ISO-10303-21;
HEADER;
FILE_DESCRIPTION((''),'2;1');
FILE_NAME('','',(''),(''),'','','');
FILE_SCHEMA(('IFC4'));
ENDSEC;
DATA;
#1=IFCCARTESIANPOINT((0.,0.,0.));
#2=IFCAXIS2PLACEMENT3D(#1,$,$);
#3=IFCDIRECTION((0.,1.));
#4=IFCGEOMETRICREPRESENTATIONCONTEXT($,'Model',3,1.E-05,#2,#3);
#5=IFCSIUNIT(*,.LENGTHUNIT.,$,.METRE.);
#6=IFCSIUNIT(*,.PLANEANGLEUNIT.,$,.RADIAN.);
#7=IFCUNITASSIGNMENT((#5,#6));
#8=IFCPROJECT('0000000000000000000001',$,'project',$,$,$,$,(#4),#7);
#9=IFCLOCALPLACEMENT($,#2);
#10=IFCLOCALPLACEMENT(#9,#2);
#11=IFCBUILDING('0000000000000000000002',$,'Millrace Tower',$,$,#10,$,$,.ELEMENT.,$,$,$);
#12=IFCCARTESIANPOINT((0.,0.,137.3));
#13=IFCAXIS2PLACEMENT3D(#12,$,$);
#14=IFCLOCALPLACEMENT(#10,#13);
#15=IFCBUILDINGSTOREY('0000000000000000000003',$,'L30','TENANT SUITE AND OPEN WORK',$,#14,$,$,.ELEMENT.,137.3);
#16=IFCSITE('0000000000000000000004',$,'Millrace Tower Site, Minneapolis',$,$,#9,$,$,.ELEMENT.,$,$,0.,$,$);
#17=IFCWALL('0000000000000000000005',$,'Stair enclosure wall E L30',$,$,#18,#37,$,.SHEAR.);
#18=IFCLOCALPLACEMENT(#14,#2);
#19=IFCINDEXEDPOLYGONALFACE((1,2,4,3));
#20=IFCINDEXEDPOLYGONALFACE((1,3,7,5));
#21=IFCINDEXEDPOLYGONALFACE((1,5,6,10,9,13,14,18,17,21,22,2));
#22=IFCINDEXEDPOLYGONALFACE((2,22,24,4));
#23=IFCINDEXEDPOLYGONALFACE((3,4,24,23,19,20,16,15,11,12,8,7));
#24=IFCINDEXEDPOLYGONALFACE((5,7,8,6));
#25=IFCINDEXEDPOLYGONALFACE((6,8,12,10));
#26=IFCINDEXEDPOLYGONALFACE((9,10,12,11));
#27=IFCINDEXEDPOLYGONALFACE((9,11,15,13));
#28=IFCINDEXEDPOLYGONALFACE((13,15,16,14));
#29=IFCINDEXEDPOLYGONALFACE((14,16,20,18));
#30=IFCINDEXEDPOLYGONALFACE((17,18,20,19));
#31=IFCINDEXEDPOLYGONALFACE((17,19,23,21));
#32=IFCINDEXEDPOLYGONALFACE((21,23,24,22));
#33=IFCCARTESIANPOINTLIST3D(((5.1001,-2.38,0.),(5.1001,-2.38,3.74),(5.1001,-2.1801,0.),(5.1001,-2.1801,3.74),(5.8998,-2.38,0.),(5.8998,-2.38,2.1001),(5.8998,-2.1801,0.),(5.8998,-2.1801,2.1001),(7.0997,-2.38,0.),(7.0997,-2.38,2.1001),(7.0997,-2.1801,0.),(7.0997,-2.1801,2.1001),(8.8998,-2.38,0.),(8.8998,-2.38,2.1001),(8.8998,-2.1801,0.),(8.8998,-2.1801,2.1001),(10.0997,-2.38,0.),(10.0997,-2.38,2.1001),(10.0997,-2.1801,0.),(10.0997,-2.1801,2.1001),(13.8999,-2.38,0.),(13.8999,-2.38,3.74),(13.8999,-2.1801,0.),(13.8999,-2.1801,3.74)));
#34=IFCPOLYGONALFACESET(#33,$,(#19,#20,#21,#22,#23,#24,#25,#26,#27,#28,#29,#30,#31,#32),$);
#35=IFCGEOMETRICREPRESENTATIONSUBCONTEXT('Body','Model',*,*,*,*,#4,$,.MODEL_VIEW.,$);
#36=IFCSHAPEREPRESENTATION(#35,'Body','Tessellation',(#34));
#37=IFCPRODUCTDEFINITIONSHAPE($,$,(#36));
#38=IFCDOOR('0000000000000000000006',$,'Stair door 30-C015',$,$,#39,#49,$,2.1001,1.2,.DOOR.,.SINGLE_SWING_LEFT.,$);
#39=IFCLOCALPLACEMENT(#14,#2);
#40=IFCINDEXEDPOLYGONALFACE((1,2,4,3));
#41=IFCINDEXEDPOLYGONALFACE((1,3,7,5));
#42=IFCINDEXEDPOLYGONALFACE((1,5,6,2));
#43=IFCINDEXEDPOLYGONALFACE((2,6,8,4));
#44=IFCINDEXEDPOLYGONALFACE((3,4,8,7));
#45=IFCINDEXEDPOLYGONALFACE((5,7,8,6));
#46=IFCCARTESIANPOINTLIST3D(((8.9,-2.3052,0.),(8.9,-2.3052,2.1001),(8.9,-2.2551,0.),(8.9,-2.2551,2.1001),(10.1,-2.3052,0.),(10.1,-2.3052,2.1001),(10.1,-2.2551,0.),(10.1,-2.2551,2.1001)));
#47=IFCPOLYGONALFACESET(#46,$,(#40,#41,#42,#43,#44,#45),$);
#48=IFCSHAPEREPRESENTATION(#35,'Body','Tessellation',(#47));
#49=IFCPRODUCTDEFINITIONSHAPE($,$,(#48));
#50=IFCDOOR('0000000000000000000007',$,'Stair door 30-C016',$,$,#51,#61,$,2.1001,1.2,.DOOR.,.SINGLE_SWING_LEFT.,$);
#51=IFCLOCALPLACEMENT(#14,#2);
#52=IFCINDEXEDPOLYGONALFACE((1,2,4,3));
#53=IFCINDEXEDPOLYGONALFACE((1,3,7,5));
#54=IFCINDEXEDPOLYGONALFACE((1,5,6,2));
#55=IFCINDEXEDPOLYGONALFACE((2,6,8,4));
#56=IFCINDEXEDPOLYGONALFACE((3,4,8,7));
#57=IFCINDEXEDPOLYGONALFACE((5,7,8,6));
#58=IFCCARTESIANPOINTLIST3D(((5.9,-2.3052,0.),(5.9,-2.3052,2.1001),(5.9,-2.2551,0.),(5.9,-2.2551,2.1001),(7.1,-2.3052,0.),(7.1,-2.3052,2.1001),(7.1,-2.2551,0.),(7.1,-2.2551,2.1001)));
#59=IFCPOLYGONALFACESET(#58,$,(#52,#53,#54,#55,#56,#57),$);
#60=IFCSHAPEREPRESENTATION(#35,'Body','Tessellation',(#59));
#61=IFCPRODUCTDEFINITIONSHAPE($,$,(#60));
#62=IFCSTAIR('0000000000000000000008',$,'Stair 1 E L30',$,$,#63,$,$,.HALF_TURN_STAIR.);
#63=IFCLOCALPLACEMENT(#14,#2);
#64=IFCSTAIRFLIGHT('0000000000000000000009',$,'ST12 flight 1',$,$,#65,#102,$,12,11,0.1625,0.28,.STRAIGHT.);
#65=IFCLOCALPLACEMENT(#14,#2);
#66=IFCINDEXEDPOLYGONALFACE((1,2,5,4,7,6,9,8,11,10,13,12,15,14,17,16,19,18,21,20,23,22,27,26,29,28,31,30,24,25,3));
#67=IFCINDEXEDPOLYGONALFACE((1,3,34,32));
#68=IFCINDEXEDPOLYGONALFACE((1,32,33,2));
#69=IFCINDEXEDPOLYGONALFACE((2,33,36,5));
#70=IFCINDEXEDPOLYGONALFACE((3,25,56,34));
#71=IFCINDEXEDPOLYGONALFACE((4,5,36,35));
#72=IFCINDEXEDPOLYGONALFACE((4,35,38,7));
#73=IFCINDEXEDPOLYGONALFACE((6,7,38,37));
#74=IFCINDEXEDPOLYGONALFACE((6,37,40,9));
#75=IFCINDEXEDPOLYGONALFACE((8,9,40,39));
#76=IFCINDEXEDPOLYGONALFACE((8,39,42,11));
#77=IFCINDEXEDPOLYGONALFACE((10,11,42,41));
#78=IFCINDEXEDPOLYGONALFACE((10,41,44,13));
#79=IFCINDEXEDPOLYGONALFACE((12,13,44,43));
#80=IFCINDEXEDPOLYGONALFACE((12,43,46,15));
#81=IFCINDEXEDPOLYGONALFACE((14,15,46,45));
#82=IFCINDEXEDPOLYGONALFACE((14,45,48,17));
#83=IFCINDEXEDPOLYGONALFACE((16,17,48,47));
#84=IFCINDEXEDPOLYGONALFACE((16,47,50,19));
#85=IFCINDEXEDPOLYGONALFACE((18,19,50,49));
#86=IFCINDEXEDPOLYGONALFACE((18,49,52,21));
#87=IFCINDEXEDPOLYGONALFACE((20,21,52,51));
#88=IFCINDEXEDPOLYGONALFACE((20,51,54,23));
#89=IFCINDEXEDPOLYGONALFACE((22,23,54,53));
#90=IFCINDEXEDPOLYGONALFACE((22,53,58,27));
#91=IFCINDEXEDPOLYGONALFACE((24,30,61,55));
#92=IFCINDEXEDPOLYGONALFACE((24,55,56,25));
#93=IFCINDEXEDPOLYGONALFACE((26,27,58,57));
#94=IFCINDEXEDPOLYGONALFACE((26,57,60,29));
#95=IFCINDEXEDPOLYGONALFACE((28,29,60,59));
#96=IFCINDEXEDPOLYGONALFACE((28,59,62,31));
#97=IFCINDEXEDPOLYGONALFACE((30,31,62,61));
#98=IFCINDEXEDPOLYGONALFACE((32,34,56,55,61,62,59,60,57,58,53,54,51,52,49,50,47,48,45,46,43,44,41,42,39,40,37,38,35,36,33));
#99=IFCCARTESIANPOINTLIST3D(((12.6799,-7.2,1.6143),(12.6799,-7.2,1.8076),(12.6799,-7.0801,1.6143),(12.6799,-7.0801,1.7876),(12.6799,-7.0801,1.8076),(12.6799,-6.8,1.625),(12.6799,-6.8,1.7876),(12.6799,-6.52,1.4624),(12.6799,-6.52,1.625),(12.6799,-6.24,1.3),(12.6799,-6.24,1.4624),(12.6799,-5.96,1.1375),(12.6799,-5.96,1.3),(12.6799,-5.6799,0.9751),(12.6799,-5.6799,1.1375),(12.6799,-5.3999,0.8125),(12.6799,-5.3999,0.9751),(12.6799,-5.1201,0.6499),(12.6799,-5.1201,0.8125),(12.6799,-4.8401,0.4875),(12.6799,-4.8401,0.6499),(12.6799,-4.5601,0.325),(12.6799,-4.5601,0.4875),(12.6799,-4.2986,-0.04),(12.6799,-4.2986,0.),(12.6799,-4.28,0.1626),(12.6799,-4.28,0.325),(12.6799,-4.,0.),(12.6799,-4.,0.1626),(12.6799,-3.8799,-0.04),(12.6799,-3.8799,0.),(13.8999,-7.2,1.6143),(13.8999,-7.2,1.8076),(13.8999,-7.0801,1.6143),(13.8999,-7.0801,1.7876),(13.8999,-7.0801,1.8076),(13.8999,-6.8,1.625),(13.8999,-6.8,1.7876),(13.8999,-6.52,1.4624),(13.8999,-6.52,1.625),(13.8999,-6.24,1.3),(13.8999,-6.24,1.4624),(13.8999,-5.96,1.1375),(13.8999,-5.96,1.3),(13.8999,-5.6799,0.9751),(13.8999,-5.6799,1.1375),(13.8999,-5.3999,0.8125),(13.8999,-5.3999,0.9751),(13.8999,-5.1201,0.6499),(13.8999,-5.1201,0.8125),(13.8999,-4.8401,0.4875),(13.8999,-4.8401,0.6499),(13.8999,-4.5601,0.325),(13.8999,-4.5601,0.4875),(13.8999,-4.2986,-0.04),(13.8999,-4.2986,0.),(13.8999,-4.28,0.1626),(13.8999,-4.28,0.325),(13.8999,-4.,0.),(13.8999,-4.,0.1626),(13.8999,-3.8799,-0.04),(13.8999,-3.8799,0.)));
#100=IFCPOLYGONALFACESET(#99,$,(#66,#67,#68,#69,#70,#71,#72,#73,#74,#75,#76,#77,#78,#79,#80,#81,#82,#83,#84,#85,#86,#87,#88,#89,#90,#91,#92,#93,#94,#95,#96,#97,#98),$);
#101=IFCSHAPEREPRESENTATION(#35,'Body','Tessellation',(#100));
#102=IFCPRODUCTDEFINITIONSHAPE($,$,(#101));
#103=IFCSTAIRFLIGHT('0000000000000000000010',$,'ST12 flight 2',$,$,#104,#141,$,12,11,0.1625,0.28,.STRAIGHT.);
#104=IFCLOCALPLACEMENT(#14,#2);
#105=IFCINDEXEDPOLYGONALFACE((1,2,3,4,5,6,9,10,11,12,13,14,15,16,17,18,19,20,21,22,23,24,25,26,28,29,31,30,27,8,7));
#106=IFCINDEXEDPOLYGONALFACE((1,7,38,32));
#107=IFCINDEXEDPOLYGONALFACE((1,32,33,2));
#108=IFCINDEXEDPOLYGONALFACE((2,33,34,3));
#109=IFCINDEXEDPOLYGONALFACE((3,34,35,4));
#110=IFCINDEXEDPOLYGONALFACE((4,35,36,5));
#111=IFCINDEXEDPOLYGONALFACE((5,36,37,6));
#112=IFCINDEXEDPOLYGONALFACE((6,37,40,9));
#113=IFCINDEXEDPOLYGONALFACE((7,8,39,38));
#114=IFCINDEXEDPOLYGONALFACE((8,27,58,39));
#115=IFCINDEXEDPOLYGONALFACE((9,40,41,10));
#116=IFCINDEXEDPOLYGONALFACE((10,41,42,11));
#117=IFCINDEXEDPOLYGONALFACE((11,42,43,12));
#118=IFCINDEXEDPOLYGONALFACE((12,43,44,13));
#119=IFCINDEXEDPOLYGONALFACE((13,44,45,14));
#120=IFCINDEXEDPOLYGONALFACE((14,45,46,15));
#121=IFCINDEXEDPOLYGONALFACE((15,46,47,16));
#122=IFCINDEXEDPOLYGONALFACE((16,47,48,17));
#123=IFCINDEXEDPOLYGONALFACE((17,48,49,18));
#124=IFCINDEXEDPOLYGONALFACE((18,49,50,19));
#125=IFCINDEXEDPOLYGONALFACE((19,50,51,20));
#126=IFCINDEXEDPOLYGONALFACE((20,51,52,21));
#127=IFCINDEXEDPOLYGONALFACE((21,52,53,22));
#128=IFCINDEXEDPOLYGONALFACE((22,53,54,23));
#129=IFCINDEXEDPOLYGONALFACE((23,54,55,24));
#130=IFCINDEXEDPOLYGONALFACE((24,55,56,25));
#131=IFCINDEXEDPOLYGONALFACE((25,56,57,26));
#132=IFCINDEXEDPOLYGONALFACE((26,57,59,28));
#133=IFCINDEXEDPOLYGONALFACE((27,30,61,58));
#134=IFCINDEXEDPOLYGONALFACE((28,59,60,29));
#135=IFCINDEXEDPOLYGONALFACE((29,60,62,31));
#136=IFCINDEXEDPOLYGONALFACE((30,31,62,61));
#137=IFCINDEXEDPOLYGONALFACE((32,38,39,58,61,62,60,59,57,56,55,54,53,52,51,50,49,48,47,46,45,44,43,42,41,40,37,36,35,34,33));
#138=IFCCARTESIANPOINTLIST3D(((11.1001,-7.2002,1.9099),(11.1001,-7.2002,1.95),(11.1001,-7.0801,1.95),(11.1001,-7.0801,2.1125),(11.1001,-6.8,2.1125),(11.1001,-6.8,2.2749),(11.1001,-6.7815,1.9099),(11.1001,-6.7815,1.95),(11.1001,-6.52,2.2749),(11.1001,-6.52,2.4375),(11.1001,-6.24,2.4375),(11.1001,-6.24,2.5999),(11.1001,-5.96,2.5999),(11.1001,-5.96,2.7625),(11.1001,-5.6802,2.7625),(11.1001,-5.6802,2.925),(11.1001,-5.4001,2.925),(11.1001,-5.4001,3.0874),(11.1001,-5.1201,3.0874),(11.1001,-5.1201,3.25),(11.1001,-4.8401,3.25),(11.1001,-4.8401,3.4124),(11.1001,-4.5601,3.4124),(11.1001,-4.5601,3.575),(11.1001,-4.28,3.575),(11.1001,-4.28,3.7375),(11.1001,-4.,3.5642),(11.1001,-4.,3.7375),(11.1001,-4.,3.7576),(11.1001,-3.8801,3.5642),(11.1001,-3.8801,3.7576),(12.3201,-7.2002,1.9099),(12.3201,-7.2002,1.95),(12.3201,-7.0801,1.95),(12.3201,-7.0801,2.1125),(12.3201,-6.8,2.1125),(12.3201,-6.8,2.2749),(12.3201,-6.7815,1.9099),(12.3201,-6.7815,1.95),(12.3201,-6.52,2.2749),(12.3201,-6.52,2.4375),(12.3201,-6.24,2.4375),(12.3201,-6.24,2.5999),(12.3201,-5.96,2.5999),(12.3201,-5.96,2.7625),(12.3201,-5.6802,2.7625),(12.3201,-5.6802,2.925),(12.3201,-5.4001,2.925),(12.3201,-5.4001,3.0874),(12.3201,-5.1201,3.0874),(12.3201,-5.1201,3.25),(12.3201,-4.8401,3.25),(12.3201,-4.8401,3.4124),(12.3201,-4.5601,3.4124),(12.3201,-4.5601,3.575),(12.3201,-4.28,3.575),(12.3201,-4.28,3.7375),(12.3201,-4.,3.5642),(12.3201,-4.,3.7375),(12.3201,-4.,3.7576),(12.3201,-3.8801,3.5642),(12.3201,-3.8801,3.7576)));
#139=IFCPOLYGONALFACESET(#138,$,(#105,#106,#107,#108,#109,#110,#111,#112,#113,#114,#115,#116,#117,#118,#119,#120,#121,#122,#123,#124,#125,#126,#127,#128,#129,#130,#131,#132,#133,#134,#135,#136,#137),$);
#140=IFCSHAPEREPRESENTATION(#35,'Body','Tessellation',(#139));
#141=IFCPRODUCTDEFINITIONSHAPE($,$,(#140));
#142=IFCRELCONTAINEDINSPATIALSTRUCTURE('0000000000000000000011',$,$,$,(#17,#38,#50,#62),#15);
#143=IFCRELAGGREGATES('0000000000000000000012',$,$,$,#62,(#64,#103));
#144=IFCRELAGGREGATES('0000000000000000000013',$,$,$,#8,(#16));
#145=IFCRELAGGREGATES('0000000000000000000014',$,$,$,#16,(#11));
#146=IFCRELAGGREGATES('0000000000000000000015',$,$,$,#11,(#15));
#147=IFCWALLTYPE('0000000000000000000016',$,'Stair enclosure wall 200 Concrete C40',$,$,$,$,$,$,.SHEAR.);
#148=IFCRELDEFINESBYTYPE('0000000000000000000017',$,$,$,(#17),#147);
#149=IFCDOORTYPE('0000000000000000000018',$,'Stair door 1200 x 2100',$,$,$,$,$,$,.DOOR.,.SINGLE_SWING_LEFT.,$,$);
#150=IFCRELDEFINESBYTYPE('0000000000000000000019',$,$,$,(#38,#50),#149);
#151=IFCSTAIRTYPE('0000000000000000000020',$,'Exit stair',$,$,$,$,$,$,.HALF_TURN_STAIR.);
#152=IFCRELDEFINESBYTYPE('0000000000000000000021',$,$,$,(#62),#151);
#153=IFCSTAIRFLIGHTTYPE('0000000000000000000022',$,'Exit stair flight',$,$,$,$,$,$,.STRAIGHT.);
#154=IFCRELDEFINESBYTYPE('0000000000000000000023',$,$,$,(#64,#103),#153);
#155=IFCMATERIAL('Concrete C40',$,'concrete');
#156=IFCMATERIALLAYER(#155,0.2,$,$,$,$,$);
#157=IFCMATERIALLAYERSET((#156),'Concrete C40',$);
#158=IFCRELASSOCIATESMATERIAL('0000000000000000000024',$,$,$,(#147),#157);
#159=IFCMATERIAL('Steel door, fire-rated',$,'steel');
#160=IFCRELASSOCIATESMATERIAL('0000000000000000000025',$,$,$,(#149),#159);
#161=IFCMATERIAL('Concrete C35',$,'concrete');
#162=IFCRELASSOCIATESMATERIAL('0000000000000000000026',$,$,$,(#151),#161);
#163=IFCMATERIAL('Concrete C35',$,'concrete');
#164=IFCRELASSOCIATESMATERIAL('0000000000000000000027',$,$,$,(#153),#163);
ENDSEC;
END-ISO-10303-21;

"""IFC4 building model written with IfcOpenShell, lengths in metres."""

from ifc_helpers import new_model, si_unit, direction, frame, frame_2d, origin, place, context, subcontext, project, spatial, polyline, rectangle, outline, extrude, material, layer, layer_set, type_object, element, fill, aggregate, save


model = new_model("IFC4")

# Units and contexts
model_context = context("Model", 3, precision=1e-05, world=origin(), true_north=direction((0.0, 1.0)))
body_context = subcontext(model_context, "Body", "Model", "MODEL_VIEW")
ifc_project = project(units=[si_unit("LENGTHUNIT", "METRE"), si_unit("PLANEANGLEUNIT", "RADIAN")], contexts=[model_context])

# Site, building, storey
site_placement = place(None, origin())
site = spatial("IfcSite", under=ifc_project, at=site_placement, Name="Millrace Tower Site, Minneapolis", CompositionType="ELEMENT", RefElevation=0.0)
building_placement = place(site_placement, origin())
building = spatial("IfcBuilding", under=site, at=building_placement, Name="Millrace Tower", CompositionType="ELEMENT")
storey_placement = place(building_placement, frame((0.0, 0.0, 137.3)))
storey = spatial("IfcBuildingStorey", under=building, at=storey_placement, Name="L30", Description="TENANT SUITE AND OPEN WORK", CompositionType="ELEMENT", Elevation=137.3)

# Shared definitions
placement = place(storey_placement, origin())

# Shared definitions
ifc_material_1 = material(Name="Concrete C40", Category="concrete")
ifc_layer_1 = layer(ifc_material_1, 0.2)
ifc_layer_set_1 = layer_set([ifc_layer_1], Name="Concrete C40")
wall_type_1 = type_object("IfcWallType", Name="Stair enclosure wall 200 Concrete C40", PredefinedType="SHEAR", material=ifc_layer_set_1)

# Wall, openings, doors
wall_1_placement = place(storey_placement, frame((13.8999, -2.28, 0.0), z_axis=(0.0, 0.0, 1.0), x_axis=(-1.0, 0.0, 0.0)))
wall_1 = element("IfcWall", 1, at=wall_1_placement, inside=storey, type_object=wall_type_1, Name="Stair enclosure wall E L30", PredefinedType="SHEAR", context=body_context, shape_type="SweptSolid", body=[
    extrude(rectangle(XDim=8.7998, YDim=0.2, at=frame_2d((4.3999, 0.0))), origin(), (0.0, 0.0, 1.0), 3.74),
])
opening_1_placement = place(wall_1_placement, frame((3.8, 0.0, 0.0)))
opening_1 = element("IfcOpeningElement", 2, at=opening_1_placement, cuts=wall_1, PredefinedType="OPENING", context=body_context, shape_type="SweptSolid", body=[
    extrude(rectangle(XDim=1.2, YDim=2.1001, at=frame_2d((0.6001, 1.05))), frame((0.0, 0.1099, 0.0), z_axis=(0.0, -1.0, 0.0), x_axis=(1.0, 0.0, 0.0)), (0.0, 0.0, 1.0), 0.22),
])
opening_2_placement = place(wall_1_placement, frame((6.8, 0.0, 0.0)))
opening_2 = element("IfcOpeningElement", 3, at=opening_2_placement, cuts=wall_1, PredefinedType="OPENING", context=body_context, shape_type="SweptSolid", body=[
    extrude(rectangle(XDim=1.2, YDim=2.1001, at=frame_2d((0.6001, 1.05))), frame((0.0, 0.1099, 0.0), z_axis=(0.0, -1.0, 0.0), x_axis=(1.0, 0.0, 0.0)), (0.0, 0.0, 1.0), 0.22),
])
ifc_material_2 = material(Name="Steel door, fire-rated", Category="steel")
door_type_1 = type_object("IfcDoorType", Name="Stair door 1200 x 2100", OperationType="SINGLE_SWING_LEFT", PredefinedType="DOOR", material=ifc_material_2)
door_1_placement = place(opening_1_placement, frame((1.2, 0.0, 0.0), z_axis=(0.0, 0.0, 1.0), x_axis=(-1.0, 0.0, 0.0)))
door_1 = element("IfcDoor", 4, at=door_1_placement, inside=storey, type_object=door_type_1, Name="Stair door 30-C015", OperationType="SINGLE_SWING_LEFT", OverallHeight=2.1001, OverallWidth=1.2, PredefinedType="DOOR", context=body_context, shape_type="SweptSolid", body=[
    extrude(rectangle(XDim=1.2, YDim=2.1001, at=frame_2d((0.6001, 1.05))), frame((0.0, 0.0249, 0.0), z_axis=(0.0, -1.0, 0.0), x_axis=(1.0, 0.0, 0.0)), (0.0, 0.0, 1.0), 0.05),
])
fill(opening_1, door_1)
door_2_placement = place(opening_2_placement, frame((1.2, 0.0, 0.0), z_axis=(0.0, 0.0, 1.0), x_axis=(-1.0, 0.0, 0.0)))
door_2 = element("IfcDoor", 5, at=door_2_placement, inside=storey, type_object=door_type_1, Name="Stair door 30-C016", OperationType="SINGLE_SWING_LEFT", OverallHeight=2.1001, OverallWidth=1.2, PredefinedType="DOOR", context=body_context, shape_type="SweptSolid", body=[
    extrude(rectangle(XDim=1.2, YDim=2.1001, at=frame_2d((0.6001, 1.05))), frame((0.0, 0.0249, 0.0), z_axis=(0.0, -1.0, 0.0), x_axis=(1.0, 0.0, 0.0)), (0.0, 0.0, 1.0), 0.05),
])
fill(opening_2, door_2)

# Stair, stair flights
ifc_material_3 = material(Name="Concrete C35", Category="concrete")
stair_type = type_object("IfcStairType", Name="Exit stair", PredefinedType="HALF_TURN_STAIR", material=ifc_material_3)
stair = element("IfcStair", 6, at=placement, inside=storey, type_object=stair_type, Name="Stair 1 E L30", PredefinedType="HALF_TURN_STAIR")
ifc_material_4 = material(Name="Concrete C35", Category="concrete")
stair_flight_type = type_object("IfcStairFlightType", Name="Exit stair flight", PredefinedType="STRAIGHT", material=ifc_material_4)
stair_flight_1_placement = place(storey_placement, frame((13.29, -4.0, 0.0), z_axis=(0.0, 0.0, 1.0), x_axis=(0.0, -1.0, 0.0)))
stair_flight_1 = element("IfcStairFlight", 7, at=stair_flight_1_placement, type_object=stair_flight_type, Name="ST12 flight 1", NumberOfRisers=12, NumberOfTreads=11, PredefinedType="STRAIGHT", RiserHeight=0.1625, TreadLength=0.28, context=body_context, shape_type="SweptSolid", body=[
    extrude(outline(polyline([(-0.1201, -0.04), (-0.1201, 0.0), (0.0, 0.0), (0.0, 0.1626), (0.28, 0.1626), (0.28, 0.325), (0.5601, 0.325), (0.5601, 0.4875), (0.8401, 0.4875), (0.8401, 0.6499), (1.1201, 0.6499), (1.1201, 0.8125), (1.3999, 0.8125), (1.3999, 0.9751), (1.6799, 0.9751), (1.6799, 1.1375), (1.96, 1.1375), (1.96, 1.3), (2.24, 1.3), (2.24, 1.4624), (2.52, 1.4624), (2.52, 1.625), (2.8, 1.625), (2.8, 1.7876), (3.0801, 1.7876), (3.0801, 1.8076), (3.2, 1.8076), (3.2, 1.6143), (3.0801, 1.6143), (0.2986, 0.0), (0.2986, -0.04), (-0.1201, -0.04)])), frame((0.0, 0.6099, 0.0), z_axis=(0.0, -1.0, 0.0), x_axis=(1.0, 0.0, 0.0)), (0.0, 0.0, 1.0), 1.22),
])
stair_flight_2_placement = place(storey_placement, frame((11.71, -7.0801, 1.95), z_axis=(0.0, 0.0, 1.0), x_axis=(0.0, 1.0, 0.0)))
stair_flight_2 = element("IfcStairFlight", 8, at=stair_flight_2_placement, type_object=stair_flight_type, Name="ST12 flight 2", NumberOfRisers=12, NumberOfTreads=11, PredefinedType="STRAIGHT", RiserHeight=0.1625, TreadLength=0.28, context=body_context, shape_type="SweptSolid", body=[
    extrude(outline(polyline([(-0.1201, -0.04), (-0.1201, 0.0), (0.0, 0.0), (0.0, 0.1626), (0.28, 0.1626), (0.28, 0.325), (0.5601, 0.325), (0.5601, 0.4875), (0.8401, 0.4875), (0.8401, 0.6499), (1.1201, 0.6499), (1.1201, 0.8125), (1.3999, 0.8125), (1.3999, 0.9751), (1.6799, 0.9751), (1.6799, 1.1375), (1.96, 1.1375), (1.96, 1.3), (2.24, 1.3), (2.24, 1.4624), (2.52, 1.4624), (2.52, 1.625), (2.8, 1.625), (2.8, 1.7876), (3.0801, 1.7876), (3.0801, 1.8076), (3.2, 1.8076), (3.2, 1.6143), (3.0801, 1.6143), (0.2986, 0.0), (0.2986, -0.04), (-0.1201, -0.04)])), frame((0.0, 0.6099, 0.0), z_axis=(0.0, -1.0, 0.0), x_axis=(1.0, 0.0, 0.0)), (0.0, 0.0, 1.0), 1.22),
])
aggregate(stair, [stair_flight_1, stair_flight_2])

save(model, "model.ifc")
